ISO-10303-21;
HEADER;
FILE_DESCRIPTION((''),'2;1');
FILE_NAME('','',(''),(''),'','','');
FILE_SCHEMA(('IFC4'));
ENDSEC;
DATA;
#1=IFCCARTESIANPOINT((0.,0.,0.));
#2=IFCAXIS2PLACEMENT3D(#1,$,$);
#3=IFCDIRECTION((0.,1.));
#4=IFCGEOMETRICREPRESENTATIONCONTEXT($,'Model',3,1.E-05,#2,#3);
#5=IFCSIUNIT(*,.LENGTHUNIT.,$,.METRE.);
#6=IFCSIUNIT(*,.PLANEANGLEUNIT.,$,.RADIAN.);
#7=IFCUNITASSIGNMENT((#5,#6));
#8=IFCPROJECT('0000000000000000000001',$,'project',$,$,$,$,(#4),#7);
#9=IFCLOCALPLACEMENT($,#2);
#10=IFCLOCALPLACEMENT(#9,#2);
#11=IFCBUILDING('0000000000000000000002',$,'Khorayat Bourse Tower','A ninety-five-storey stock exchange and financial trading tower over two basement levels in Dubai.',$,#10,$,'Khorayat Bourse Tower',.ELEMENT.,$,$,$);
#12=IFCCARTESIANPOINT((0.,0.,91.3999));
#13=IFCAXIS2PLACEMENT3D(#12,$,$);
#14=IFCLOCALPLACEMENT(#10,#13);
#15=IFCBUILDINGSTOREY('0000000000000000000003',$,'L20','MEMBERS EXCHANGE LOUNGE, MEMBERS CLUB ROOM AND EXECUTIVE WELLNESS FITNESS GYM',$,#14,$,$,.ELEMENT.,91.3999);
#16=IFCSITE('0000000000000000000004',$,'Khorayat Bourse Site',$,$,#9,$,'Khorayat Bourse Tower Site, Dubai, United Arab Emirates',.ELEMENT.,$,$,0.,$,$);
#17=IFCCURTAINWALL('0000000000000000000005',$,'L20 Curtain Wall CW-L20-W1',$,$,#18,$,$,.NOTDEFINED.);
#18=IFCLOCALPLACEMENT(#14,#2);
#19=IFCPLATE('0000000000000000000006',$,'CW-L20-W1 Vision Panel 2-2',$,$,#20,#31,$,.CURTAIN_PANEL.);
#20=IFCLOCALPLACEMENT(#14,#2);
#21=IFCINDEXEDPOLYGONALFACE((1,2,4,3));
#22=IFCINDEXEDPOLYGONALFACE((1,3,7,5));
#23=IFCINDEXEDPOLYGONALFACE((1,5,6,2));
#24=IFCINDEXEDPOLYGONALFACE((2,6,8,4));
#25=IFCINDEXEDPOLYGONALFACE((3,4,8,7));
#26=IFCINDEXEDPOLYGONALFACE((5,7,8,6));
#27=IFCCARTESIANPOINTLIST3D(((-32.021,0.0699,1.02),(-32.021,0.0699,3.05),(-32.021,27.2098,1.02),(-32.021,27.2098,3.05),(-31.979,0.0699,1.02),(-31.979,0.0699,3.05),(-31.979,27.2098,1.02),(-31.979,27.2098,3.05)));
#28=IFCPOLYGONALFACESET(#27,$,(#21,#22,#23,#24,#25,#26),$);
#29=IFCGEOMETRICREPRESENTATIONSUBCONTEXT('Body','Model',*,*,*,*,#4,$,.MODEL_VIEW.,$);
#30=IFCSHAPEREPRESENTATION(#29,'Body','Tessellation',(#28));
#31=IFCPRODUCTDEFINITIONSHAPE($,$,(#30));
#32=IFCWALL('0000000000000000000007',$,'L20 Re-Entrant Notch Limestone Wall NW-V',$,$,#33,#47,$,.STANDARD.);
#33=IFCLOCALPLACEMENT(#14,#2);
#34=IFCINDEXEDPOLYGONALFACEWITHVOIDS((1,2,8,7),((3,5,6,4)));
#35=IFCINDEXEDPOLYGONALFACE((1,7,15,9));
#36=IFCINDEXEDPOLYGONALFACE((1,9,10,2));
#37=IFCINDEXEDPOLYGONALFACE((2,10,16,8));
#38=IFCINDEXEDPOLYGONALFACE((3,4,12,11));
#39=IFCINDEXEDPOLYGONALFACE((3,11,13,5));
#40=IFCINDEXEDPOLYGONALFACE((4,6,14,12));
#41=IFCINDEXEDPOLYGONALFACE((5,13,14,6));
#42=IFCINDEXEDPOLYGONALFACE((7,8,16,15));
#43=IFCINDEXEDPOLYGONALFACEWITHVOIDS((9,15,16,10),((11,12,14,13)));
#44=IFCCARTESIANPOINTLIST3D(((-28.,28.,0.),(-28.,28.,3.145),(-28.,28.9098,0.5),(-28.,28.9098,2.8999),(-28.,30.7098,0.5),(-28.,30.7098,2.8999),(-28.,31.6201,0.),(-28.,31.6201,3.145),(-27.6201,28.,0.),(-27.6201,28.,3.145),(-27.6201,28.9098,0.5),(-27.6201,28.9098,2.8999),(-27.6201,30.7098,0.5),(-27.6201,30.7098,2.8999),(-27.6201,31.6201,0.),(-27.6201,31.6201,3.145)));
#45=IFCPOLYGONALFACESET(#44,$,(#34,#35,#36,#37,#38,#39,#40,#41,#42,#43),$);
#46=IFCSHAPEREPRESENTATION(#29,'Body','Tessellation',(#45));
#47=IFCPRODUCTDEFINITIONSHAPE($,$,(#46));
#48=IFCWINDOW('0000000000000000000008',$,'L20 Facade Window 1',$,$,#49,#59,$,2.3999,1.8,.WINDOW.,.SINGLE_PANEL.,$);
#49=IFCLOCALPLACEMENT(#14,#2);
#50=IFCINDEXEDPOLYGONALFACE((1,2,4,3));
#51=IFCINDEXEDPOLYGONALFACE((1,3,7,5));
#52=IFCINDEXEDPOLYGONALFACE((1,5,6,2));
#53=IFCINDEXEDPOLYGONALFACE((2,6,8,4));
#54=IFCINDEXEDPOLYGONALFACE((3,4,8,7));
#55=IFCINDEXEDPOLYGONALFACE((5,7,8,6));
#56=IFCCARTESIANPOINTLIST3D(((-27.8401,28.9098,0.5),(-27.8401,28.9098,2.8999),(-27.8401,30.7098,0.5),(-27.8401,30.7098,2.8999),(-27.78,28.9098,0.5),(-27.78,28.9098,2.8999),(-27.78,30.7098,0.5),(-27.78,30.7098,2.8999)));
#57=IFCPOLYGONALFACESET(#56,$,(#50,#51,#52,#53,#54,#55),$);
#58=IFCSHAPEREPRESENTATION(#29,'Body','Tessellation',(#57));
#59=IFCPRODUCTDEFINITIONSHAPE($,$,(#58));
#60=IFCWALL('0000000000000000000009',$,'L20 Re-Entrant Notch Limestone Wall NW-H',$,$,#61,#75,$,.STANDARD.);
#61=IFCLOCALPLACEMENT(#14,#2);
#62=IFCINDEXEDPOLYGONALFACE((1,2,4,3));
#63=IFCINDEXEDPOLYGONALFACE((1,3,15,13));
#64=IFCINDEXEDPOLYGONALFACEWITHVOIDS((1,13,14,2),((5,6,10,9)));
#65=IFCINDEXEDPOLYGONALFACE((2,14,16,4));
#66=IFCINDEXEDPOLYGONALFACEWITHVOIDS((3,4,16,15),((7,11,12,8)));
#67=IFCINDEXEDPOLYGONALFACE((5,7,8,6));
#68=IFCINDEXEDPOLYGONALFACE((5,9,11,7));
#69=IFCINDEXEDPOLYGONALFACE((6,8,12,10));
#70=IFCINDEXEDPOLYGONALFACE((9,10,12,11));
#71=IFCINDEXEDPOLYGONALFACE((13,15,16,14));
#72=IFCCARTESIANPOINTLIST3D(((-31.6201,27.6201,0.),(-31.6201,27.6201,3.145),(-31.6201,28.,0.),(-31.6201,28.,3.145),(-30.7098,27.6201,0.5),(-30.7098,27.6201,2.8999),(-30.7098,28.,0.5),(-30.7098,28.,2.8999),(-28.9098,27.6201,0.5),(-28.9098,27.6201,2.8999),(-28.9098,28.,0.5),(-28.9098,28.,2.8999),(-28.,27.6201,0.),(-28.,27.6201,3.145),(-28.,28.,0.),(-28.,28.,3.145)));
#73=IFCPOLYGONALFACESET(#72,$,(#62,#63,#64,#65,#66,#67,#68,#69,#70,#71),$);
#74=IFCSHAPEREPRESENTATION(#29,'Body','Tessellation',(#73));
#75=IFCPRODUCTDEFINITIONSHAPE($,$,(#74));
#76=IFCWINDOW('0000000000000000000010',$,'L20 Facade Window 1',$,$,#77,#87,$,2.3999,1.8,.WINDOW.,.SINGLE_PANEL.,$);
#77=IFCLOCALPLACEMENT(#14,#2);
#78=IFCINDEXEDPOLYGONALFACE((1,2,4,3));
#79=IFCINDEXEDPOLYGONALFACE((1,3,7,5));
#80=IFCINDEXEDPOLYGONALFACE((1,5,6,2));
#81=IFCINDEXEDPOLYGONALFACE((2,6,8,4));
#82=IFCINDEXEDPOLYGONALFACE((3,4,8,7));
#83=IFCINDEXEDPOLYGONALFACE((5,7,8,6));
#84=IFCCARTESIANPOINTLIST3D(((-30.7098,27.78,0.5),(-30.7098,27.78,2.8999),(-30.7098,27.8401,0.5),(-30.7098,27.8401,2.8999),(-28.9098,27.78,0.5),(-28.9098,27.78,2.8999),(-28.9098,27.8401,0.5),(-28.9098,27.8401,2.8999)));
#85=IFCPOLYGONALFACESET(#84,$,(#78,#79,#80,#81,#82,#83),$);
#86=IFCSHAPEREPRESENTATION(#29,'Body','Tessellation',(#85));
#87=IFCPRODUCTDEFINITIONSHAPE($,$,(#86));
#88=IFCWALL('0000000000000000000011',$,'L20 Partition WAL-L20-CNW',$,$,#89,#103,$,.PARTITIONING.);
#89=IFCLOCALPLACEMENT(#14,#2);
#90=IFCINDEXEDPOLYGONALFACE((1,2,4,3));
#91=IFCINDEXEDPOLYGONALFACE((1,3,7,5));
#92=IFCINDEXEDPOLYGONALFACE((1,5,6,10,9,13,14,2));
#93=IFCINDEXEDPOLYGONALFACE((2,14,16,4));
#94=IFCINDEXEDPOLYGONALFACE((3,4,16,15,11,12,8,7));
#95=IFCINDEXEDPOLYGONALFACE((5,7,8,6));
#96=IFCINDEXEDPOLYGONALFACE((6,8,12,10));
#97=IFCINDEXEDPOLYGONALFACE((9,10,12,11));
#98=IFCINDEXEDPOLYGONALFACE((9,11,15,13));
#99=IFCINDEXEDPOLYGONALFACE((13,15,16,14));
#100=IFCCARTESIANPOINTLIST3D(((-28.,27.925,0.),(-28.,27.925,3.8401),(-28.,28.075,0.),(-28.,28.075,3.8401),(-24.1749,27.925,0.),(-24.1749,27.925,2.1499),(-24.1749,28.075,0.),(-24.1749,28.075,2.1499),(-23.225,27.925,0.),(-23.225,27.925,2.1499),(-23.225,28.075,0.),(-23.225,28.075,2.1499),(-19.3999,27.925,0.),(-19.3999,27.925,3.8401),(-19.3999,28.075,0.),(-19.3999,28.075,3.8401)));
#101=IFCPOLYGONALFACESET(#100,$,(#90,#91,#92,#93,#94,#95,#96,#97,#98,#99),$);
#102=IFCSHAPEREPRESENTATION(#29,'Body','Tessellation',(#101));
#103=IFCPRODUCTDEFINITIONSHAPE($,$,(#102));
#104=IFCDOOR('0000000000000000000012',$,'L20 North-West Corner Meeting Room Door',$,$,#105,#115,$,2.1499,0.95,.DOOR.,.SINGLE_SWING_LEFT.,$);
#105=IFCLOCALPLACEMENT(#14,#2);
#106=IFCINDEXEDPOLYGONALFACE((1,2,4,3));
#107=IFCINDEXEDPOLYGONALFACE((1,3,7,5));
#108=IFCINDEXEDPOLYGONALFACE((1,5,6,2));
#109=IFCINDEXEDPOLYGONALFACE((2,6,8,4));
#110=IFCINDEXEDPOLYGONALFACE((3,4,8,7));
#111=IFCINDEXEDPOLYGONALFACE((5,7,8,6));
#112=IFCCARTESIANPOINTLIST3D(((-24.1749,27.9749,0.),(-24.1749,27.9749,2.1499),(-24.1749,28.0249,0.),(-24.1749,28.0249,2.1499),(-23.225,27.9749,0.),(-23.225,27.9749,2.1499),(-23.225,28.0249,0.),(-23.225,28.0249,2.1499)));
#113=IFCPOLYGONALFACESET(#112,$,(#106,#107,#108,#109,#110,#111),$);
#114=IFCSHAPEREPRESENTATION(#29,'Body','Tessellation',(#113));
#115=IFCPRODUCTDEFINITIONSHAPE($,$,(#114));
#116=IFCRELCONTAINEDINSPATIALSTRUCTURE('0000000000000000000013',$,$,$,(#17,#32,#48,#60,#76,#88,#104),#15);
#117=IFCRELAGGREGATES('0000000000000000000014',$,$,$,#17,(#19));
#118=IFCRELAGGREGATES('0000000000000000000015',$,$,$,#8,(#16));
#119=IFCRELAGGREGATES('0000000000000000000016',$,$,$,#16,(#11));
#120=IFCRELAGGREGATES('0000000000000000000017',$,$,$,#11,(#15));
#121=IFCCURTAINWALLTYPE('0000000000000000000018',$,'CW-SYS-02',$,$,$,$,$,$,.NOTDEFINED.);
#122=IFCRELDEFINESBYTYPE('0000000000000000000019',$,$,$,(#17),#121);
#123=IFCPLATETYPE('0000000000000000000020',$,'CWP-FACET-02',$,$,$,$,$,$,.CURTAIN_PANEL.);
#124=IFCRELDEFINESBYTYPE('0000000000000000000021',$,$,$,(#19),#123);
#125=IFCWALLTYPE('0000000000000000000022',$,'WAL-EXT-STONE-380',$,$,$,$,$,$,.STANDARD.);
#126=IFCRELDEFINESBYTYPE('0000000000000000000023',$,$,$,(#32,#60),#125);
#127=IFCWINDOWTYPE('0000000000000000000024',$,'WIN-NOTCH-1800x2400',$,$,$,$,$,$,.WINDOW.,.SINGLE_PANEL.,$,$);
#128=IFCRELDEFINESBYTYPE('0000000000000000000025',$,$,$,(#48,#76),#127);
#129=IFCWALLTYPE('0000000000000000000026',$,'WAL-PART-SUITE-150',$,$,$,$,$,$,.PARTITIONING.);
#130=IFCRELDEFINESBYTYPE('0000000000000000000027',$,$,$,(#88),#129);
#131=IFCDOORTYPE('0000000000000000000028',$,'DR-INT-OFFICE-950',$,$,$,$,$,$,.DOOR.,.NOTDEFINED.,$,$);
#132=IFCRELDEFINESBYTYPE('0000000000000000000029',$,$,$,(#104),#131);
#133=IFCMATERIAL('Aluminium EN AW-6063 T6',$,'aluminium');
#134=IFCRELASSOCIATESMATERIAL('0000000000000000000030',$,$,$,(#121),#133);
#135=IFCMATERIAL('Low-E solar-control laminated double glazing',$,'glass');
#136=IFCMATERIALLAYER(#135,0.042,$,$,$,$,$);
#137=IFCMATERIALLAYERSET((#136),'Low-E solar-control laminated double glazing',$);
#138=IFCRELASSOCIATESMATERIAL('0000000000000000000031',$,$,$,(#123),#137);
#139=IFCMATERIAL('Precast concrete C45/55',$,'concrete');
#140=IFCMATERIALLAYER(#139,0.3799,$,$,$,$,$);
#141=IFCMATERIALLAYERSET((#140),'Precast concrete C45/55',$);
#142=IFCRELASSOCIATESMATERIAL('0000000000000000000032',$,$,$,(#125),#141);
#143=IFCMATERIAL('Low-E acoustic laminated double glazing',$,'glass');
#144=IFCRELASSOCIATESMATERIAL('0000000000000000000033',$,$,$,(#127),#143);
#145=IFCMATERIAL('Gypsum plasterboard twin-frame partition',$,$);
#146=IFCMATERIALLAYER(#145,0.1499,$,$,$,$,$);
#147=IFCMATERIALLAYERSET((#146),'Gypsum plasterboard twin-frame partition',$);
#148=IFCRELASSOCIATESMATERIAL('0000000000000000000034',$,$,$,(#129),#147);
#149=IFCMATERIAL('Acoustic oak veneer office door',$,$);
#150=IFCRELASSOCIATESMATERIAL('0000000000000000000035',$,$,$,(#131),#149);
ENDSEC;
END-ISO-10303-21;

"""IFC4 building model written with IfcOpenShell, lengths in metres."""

from ifc_helpers import new_model, si_unit, direction, frame, frame_2d, origin, origin_2d, place, context, subcontext, project, spatial, rectangle, extrude, source, transform, mapped, material, layer, layer_set, type_object, element, fill, aggregate, save


model = new_model("IFC4")

# Units and contexts
model_context = context("Model", 3, precision=1e-05, world=origin(), true_north=direction((0.0, 1.0)))
body_context = subcontext(model_context, "Body", "Model", "MODEL_VIEW")
ifc_project = project(units=[si_unit("LENGTHUNIT", "METRE"), si_unit("PLANEANGLEUNIT", "RADIAN")], contexts=[model_context])

# Site, building, storey
site_placement = place(None, origin())
site = spatial("IfcSite", under=ifc_project, at=site_placement, Name="Khorayat Bourse Site", LongName="Khorayat Bourse Tower Site, Dubai, United Arab Emirates", CompositionType="ELEMENT", RefElevation=0.0)
building_placement = place(site_placement, origin())
building = spatial("IfcBuilding", under=site, at=building_placement, Name="Khorayat Bourse Tower", Description="A ninety-five-storey stock exchange and financial trading tower over two basement levels in Dubai.", LongName="Khorayat Bourse Tower", CompositionType="ELEMENT")
storey_placement = place(building_placement, frame((0.0, 0.0, 91.3999)))
storey = spatial("IfcBuildingStorey", under=building, at=storey_placement, Name="L20", Description="MEMBERS EXCHANGE LOUNGE, MEMBERS CLUB ROOM AND EXECUTIVE WELLNESS FITNESS GYM", CompositionType="ELEMENT", Elevation=91.3999)

# Curtain wall
ifc_material_1 = material(Name="Aluminium EN AW-6063 T6", Category="aluminium")
curtain_wall_type = type_object("IfcCurtainWallType", Name="CW-SYS-02", PredefinedType="NOTDEFINED", material=ifc_material_1)
curtain_wall_1_placement = place(storey_placement, origin())
curtain_wall_1 = element("IfcCurtainWall", 1, at=curtain_wall_1_placement, inside=storey, type_object=curtain_wall_type, Name="L20 Curtain Wall CW-L20-W1", PredefinedType="NOTDEFINED")

# Plate
ifc_material_2 = material(Name="Low-E solar-control laminated double glazing", Category="glass")
ifc_layer_1 = layer(ifc_material_2, 0.042)
ifc_layer_set_1 = layer_set([ifc_layer_1], Name="Low-E solar-control laminated double glazing")
plate_type_1 = type_object("IfcPlateType", Name="CWP-FACET-02", PredefinedType="CURTAIN_PANEL", material=ifc_layer_set_1)
shared_shape_1 = source(origin(), body_context, "Body", "SweptSolid", [
    extrude(rectangle(XDim=27.1399, YDim=0.042, at=origin_2d()), origin(), (0.0, 0.0, 1.0), 2.03),
])
plate_1_placement = place(storey_placement, frame((-32.0, 13.6399, 1.02), z_axis=(0.0, 0.0, 1.0), x_axis=(0.0, 1.0, 0.0)))
plate_1 = element("IfcPlate", 2, at=plate_1_placement, type_object=plate_type_1, Name="CW-L20-W1 Vision Panel 2-2", PredefinedType="CURTAIN_PANEL", context=body_context, shape_type="MappedRepresentation", body=[
    mapped(shared_shape_1, transform((0.0, 0.0, 0.0), scale=1.0)),
])
aggregate(curtain_wall_1, [plate_1])

# Walls, openings, windows
ifc_material_3 = material(Name="Precast concrete C45/55", Category="concrete")
ifc_layer_2 = layer(ifc_material_3, 0.3799)
ifc_layer_set_2 = layer_set([ifc_layer_2], Name="Precast concrete C45/55")
wall_type_1 = type_object("IfcWallType", Name="WAL-EXT-STONE-380", PredefinedType="STANDARD", material=ifc_layer_set_2)
shared_shape_2 = source(origin(), body_context, "Body", "SweptSolid", [
    extrude(rectangle(XDim=3.6201, YDim=0.3799, at=frame_2d((1.8101, 0.0))), origin(), (0.0, 0.0, 1.0), 3.145),
])
wall_1_placement = place(storey_placement, frame((-27.8101, 28.0, 0.0), z_axis=(0.0, 0.0, 1.0), x_axis=(0.0, 1.0, 0.0)))
wall_1 = element("IfcWall", 3, at=wall_1_placement, inside=storey, type_object=wall_type_1, Name="L20 Re-Entrant Notch Limestone Wall NW-V", PredefinedType="STANDARD", context=body_context, shape_type="MappedRepresentation", body=[
    mapped(shared_shape_2, transform((0.0, 0.0, 0.0), scale=1.0)),
])
shared_shape_3 = source(origin(), body_context, "Body", "SweptSolid", [
    extrude(rectangle(XDim=1.8, YDim=2.3999, at=frame_2d((0.8999, 1.2))), frame((0.0, 0.2, 0.0), z_axis=(0.0, -1.0, 0.0), x_axis=(1.0, 0.0, 0.0)), (0.0, 0.0, 1.0), 0.3999),
])
opening_1_placement = place(wall_1_placement, frame((0.9099, 0.0, 0.5)))
opening_1 = element("IfcOpeningElement", 4, at=opening_1_placement, cuts=wall_1, PredefinedType="OPENING", context=body_context, shape_type="MappedRepresentation", body=[
    mapped(shared_shape_3, transform((0.0, 0.0, 0.0), scale=1.0)),
])
ifc_material_4 = material(Name="Low-E acoustic laminated double glazing", Category="glass")
window_type = type_object("IfcWindowType", Name="WIN-NOTCH-1800x2400", PartitioningType="SINGLE_PANEL", PredefinedType="WINDOW", material=ifc_material_4)
shared_shape_4 = source(origin(), body_context, "Body", "SweptSolid", [
    extrude(rectangle(XDim=1.8, YDim=2.3999, at=frame_2d((0.8999, 1.2))), frame((0.0, 0.03, 0.0), z_axis=(0.0, -1.0, 0.0), x_axis=(1.0, 0.0, 0.0)), (0.0, 0.0, 1.0), 0.0601),
])
window_1_placement = place(opening_1_placement, origin())
window_1 = element("IfcWindow", 5, at=window_1_placement, inside=storey, type_object=window_type, Name="L20 Facade Window 1", OverallHeight=2.3999, OverallWidth=1.8, PartitioningType="SINGLE_PANEL", PredefinedType="WINDOW", context=body_context, shape_type="MappedRepresentation", body=[
    mapped(shared_shape_4, transform((0.0, 0.0, 0.0), scale=1.0)),
])
fill(opening_1, window_1)
wall_2_placement = place(storey_placement, frame((-28.0, 27.8101, 0.0), z_axis=(0.0, 0.0, 1.0), x_axis=(-1.0, 0.0, 0.0)))
wall_2 = element("IfcWall", 6, at=wall_2_placement, inside=storey, type_object=wall_type_1, Name="L20 Re-Entrant Notch Limestone Wall NW-H", PredefinedType="STANDARD", context=body_context, shape_type="MappedRepresentation", body=[
    mapped(shared_shape_2, transform((0.0, 0.0, 0.0), scale=1.0)),
])
opening_2_placement = place(wall_2_placement, frame((0.9099, 0.0, 0.5)))
opening_2 = element("IfcOpeningElement", 7, at=opening_2_placement, cuts=wall_2, PredefinedType="OPENING", context=body_context, shape_type="MappedRepresentation", body=[
    mapped(shared_shape_3, transform((0.0, 0.0, 0.0), scale=1.0)),
])
window_2_placement = place(opening_2_placement, origin())
window_2 = element("IfcWindow", 8, at=window_2_placement, inside=storey, type_object=window_type, Name="L20 Facade Window 1", OverallHeight=2.3999, OverallWidth=1.8, PartitioningType="SINGLE_PANEL", PredefinedType="WINDOW", context=body_context, shape_type="MappedRepresentation", body=[
    mapped(shared_shape_4, transform((0.0, 0.0, 0.0), scale=1.0)),
])
fill(opening_2, window_2)

# Wall, opening, door
ifc_material_5 = material(Name="Gypsum plasterboard twin-frame partition")
ifc_layer_3 = layer(ifc_material_5, 0.1499)
ifc_layer_set_3 = layer_set([ifc_layer_3], Name="Gypsum plasterboard twin-frame partition")
wall_type_2 = type_object("IfcWallType", Name="WAL-PART-SUITE-150", PredefinedType="PARTITIONING", material=ifc_layer_set_3)
shared_shape_5 = source(origin(), body_context, "Body", "SweptSolid", [
    extrude(rectangle(XDim=8.6001, YDim=0.1499, at=frame_2d((4.3, 0.0))), origin(), (0.0, 0.0, 1.0), 3.8401),
])
wall_3_placement = place(storey_placement, frame((-28.0, 28.0, 0.0), z_axis=(0.0, 0.0, 1.0), x_axis=(1.0, 0.0, 0.0)))
wall_3 = element("IfcWall", 9, at=wall_3_placement, inside=storey, type_object=wall_type_2, Name="L20 Partition WAL-L20-CNW", PredefinedType="PARTITIONING", context=body_context, shape_type="MappedRepresentation", body=[
    mapped(shared_shape_5, transform((0.0, 0.0, 0.0), scale=1.0)),
])
shared_shape_6 = source(origin(), body_context, "Body", "SweptSolid", [
    extrude(rectangle(XDim=0.95, YDim=2.1499, at=frame_2d((0.4751, 1.075))), frame((0.0, 0.085, 0.0), z_axis=(0.0, -1.0, 0.0), x_axis=(1.0, 0.0, 0.0)), (0.0, 0.0, 1.0), 0.1699),
])
opening_3_placement = place(wall_3_placement, frame((3.825, 0.0, 0.0)))
opening_3 = element("IfcOpeningElement", 10, at=opening_3_placement, cuts=wall_3, PredefinedType="OPENING", context=body_context, shape_type="MappedRepresentation", body=[
    mapped(shared_shape_6, transform((0.0, 0.0, 0.0), scale=1.0)),
])
ifc_material_6 = material(Name="Acoustic oak veneer office door")
door_type = type_object("IfcDoorType", Name="DR-INT-OFFICE-950", OperationType="NOTDEFINED", PredefinedType="DOOR", material=ifc_material_6)
shared_shape_7 = source(origin(), body_context, "Body", "SweptSolid", [
    extrude(rectangle(XDim=0.95, YDim=2.1499, at=frame_2d((0.4751, 1.075))), frame((0.0, 0.0249, 0.0), z_axis=(0.0, -1.0, 0.0), x_axis=(1.0, 0.0, 0.0)), (0.0, 0.0, 1.0), 0.05),
])
door_placement = place(opening_3_placement, origin())
door = element("IfcDoor", 11, at=door_placement, inside=storey, type_object=door_type, Name="L20 North-West Corner Meeting Room Door", OperationType="SINGLE_SWING_LEFT", OverallHeight=2.1499, OverallWidth=0.95, PredefinedType="DOOR", context=body_context, shape_type="MappedRepresentation", body=[
    mapped(shared_shape_7, transform((0.0, 0.0, 0.0), scale=1.0)),
])
fill(opening_3, door)

save(model, "model.ifc")
